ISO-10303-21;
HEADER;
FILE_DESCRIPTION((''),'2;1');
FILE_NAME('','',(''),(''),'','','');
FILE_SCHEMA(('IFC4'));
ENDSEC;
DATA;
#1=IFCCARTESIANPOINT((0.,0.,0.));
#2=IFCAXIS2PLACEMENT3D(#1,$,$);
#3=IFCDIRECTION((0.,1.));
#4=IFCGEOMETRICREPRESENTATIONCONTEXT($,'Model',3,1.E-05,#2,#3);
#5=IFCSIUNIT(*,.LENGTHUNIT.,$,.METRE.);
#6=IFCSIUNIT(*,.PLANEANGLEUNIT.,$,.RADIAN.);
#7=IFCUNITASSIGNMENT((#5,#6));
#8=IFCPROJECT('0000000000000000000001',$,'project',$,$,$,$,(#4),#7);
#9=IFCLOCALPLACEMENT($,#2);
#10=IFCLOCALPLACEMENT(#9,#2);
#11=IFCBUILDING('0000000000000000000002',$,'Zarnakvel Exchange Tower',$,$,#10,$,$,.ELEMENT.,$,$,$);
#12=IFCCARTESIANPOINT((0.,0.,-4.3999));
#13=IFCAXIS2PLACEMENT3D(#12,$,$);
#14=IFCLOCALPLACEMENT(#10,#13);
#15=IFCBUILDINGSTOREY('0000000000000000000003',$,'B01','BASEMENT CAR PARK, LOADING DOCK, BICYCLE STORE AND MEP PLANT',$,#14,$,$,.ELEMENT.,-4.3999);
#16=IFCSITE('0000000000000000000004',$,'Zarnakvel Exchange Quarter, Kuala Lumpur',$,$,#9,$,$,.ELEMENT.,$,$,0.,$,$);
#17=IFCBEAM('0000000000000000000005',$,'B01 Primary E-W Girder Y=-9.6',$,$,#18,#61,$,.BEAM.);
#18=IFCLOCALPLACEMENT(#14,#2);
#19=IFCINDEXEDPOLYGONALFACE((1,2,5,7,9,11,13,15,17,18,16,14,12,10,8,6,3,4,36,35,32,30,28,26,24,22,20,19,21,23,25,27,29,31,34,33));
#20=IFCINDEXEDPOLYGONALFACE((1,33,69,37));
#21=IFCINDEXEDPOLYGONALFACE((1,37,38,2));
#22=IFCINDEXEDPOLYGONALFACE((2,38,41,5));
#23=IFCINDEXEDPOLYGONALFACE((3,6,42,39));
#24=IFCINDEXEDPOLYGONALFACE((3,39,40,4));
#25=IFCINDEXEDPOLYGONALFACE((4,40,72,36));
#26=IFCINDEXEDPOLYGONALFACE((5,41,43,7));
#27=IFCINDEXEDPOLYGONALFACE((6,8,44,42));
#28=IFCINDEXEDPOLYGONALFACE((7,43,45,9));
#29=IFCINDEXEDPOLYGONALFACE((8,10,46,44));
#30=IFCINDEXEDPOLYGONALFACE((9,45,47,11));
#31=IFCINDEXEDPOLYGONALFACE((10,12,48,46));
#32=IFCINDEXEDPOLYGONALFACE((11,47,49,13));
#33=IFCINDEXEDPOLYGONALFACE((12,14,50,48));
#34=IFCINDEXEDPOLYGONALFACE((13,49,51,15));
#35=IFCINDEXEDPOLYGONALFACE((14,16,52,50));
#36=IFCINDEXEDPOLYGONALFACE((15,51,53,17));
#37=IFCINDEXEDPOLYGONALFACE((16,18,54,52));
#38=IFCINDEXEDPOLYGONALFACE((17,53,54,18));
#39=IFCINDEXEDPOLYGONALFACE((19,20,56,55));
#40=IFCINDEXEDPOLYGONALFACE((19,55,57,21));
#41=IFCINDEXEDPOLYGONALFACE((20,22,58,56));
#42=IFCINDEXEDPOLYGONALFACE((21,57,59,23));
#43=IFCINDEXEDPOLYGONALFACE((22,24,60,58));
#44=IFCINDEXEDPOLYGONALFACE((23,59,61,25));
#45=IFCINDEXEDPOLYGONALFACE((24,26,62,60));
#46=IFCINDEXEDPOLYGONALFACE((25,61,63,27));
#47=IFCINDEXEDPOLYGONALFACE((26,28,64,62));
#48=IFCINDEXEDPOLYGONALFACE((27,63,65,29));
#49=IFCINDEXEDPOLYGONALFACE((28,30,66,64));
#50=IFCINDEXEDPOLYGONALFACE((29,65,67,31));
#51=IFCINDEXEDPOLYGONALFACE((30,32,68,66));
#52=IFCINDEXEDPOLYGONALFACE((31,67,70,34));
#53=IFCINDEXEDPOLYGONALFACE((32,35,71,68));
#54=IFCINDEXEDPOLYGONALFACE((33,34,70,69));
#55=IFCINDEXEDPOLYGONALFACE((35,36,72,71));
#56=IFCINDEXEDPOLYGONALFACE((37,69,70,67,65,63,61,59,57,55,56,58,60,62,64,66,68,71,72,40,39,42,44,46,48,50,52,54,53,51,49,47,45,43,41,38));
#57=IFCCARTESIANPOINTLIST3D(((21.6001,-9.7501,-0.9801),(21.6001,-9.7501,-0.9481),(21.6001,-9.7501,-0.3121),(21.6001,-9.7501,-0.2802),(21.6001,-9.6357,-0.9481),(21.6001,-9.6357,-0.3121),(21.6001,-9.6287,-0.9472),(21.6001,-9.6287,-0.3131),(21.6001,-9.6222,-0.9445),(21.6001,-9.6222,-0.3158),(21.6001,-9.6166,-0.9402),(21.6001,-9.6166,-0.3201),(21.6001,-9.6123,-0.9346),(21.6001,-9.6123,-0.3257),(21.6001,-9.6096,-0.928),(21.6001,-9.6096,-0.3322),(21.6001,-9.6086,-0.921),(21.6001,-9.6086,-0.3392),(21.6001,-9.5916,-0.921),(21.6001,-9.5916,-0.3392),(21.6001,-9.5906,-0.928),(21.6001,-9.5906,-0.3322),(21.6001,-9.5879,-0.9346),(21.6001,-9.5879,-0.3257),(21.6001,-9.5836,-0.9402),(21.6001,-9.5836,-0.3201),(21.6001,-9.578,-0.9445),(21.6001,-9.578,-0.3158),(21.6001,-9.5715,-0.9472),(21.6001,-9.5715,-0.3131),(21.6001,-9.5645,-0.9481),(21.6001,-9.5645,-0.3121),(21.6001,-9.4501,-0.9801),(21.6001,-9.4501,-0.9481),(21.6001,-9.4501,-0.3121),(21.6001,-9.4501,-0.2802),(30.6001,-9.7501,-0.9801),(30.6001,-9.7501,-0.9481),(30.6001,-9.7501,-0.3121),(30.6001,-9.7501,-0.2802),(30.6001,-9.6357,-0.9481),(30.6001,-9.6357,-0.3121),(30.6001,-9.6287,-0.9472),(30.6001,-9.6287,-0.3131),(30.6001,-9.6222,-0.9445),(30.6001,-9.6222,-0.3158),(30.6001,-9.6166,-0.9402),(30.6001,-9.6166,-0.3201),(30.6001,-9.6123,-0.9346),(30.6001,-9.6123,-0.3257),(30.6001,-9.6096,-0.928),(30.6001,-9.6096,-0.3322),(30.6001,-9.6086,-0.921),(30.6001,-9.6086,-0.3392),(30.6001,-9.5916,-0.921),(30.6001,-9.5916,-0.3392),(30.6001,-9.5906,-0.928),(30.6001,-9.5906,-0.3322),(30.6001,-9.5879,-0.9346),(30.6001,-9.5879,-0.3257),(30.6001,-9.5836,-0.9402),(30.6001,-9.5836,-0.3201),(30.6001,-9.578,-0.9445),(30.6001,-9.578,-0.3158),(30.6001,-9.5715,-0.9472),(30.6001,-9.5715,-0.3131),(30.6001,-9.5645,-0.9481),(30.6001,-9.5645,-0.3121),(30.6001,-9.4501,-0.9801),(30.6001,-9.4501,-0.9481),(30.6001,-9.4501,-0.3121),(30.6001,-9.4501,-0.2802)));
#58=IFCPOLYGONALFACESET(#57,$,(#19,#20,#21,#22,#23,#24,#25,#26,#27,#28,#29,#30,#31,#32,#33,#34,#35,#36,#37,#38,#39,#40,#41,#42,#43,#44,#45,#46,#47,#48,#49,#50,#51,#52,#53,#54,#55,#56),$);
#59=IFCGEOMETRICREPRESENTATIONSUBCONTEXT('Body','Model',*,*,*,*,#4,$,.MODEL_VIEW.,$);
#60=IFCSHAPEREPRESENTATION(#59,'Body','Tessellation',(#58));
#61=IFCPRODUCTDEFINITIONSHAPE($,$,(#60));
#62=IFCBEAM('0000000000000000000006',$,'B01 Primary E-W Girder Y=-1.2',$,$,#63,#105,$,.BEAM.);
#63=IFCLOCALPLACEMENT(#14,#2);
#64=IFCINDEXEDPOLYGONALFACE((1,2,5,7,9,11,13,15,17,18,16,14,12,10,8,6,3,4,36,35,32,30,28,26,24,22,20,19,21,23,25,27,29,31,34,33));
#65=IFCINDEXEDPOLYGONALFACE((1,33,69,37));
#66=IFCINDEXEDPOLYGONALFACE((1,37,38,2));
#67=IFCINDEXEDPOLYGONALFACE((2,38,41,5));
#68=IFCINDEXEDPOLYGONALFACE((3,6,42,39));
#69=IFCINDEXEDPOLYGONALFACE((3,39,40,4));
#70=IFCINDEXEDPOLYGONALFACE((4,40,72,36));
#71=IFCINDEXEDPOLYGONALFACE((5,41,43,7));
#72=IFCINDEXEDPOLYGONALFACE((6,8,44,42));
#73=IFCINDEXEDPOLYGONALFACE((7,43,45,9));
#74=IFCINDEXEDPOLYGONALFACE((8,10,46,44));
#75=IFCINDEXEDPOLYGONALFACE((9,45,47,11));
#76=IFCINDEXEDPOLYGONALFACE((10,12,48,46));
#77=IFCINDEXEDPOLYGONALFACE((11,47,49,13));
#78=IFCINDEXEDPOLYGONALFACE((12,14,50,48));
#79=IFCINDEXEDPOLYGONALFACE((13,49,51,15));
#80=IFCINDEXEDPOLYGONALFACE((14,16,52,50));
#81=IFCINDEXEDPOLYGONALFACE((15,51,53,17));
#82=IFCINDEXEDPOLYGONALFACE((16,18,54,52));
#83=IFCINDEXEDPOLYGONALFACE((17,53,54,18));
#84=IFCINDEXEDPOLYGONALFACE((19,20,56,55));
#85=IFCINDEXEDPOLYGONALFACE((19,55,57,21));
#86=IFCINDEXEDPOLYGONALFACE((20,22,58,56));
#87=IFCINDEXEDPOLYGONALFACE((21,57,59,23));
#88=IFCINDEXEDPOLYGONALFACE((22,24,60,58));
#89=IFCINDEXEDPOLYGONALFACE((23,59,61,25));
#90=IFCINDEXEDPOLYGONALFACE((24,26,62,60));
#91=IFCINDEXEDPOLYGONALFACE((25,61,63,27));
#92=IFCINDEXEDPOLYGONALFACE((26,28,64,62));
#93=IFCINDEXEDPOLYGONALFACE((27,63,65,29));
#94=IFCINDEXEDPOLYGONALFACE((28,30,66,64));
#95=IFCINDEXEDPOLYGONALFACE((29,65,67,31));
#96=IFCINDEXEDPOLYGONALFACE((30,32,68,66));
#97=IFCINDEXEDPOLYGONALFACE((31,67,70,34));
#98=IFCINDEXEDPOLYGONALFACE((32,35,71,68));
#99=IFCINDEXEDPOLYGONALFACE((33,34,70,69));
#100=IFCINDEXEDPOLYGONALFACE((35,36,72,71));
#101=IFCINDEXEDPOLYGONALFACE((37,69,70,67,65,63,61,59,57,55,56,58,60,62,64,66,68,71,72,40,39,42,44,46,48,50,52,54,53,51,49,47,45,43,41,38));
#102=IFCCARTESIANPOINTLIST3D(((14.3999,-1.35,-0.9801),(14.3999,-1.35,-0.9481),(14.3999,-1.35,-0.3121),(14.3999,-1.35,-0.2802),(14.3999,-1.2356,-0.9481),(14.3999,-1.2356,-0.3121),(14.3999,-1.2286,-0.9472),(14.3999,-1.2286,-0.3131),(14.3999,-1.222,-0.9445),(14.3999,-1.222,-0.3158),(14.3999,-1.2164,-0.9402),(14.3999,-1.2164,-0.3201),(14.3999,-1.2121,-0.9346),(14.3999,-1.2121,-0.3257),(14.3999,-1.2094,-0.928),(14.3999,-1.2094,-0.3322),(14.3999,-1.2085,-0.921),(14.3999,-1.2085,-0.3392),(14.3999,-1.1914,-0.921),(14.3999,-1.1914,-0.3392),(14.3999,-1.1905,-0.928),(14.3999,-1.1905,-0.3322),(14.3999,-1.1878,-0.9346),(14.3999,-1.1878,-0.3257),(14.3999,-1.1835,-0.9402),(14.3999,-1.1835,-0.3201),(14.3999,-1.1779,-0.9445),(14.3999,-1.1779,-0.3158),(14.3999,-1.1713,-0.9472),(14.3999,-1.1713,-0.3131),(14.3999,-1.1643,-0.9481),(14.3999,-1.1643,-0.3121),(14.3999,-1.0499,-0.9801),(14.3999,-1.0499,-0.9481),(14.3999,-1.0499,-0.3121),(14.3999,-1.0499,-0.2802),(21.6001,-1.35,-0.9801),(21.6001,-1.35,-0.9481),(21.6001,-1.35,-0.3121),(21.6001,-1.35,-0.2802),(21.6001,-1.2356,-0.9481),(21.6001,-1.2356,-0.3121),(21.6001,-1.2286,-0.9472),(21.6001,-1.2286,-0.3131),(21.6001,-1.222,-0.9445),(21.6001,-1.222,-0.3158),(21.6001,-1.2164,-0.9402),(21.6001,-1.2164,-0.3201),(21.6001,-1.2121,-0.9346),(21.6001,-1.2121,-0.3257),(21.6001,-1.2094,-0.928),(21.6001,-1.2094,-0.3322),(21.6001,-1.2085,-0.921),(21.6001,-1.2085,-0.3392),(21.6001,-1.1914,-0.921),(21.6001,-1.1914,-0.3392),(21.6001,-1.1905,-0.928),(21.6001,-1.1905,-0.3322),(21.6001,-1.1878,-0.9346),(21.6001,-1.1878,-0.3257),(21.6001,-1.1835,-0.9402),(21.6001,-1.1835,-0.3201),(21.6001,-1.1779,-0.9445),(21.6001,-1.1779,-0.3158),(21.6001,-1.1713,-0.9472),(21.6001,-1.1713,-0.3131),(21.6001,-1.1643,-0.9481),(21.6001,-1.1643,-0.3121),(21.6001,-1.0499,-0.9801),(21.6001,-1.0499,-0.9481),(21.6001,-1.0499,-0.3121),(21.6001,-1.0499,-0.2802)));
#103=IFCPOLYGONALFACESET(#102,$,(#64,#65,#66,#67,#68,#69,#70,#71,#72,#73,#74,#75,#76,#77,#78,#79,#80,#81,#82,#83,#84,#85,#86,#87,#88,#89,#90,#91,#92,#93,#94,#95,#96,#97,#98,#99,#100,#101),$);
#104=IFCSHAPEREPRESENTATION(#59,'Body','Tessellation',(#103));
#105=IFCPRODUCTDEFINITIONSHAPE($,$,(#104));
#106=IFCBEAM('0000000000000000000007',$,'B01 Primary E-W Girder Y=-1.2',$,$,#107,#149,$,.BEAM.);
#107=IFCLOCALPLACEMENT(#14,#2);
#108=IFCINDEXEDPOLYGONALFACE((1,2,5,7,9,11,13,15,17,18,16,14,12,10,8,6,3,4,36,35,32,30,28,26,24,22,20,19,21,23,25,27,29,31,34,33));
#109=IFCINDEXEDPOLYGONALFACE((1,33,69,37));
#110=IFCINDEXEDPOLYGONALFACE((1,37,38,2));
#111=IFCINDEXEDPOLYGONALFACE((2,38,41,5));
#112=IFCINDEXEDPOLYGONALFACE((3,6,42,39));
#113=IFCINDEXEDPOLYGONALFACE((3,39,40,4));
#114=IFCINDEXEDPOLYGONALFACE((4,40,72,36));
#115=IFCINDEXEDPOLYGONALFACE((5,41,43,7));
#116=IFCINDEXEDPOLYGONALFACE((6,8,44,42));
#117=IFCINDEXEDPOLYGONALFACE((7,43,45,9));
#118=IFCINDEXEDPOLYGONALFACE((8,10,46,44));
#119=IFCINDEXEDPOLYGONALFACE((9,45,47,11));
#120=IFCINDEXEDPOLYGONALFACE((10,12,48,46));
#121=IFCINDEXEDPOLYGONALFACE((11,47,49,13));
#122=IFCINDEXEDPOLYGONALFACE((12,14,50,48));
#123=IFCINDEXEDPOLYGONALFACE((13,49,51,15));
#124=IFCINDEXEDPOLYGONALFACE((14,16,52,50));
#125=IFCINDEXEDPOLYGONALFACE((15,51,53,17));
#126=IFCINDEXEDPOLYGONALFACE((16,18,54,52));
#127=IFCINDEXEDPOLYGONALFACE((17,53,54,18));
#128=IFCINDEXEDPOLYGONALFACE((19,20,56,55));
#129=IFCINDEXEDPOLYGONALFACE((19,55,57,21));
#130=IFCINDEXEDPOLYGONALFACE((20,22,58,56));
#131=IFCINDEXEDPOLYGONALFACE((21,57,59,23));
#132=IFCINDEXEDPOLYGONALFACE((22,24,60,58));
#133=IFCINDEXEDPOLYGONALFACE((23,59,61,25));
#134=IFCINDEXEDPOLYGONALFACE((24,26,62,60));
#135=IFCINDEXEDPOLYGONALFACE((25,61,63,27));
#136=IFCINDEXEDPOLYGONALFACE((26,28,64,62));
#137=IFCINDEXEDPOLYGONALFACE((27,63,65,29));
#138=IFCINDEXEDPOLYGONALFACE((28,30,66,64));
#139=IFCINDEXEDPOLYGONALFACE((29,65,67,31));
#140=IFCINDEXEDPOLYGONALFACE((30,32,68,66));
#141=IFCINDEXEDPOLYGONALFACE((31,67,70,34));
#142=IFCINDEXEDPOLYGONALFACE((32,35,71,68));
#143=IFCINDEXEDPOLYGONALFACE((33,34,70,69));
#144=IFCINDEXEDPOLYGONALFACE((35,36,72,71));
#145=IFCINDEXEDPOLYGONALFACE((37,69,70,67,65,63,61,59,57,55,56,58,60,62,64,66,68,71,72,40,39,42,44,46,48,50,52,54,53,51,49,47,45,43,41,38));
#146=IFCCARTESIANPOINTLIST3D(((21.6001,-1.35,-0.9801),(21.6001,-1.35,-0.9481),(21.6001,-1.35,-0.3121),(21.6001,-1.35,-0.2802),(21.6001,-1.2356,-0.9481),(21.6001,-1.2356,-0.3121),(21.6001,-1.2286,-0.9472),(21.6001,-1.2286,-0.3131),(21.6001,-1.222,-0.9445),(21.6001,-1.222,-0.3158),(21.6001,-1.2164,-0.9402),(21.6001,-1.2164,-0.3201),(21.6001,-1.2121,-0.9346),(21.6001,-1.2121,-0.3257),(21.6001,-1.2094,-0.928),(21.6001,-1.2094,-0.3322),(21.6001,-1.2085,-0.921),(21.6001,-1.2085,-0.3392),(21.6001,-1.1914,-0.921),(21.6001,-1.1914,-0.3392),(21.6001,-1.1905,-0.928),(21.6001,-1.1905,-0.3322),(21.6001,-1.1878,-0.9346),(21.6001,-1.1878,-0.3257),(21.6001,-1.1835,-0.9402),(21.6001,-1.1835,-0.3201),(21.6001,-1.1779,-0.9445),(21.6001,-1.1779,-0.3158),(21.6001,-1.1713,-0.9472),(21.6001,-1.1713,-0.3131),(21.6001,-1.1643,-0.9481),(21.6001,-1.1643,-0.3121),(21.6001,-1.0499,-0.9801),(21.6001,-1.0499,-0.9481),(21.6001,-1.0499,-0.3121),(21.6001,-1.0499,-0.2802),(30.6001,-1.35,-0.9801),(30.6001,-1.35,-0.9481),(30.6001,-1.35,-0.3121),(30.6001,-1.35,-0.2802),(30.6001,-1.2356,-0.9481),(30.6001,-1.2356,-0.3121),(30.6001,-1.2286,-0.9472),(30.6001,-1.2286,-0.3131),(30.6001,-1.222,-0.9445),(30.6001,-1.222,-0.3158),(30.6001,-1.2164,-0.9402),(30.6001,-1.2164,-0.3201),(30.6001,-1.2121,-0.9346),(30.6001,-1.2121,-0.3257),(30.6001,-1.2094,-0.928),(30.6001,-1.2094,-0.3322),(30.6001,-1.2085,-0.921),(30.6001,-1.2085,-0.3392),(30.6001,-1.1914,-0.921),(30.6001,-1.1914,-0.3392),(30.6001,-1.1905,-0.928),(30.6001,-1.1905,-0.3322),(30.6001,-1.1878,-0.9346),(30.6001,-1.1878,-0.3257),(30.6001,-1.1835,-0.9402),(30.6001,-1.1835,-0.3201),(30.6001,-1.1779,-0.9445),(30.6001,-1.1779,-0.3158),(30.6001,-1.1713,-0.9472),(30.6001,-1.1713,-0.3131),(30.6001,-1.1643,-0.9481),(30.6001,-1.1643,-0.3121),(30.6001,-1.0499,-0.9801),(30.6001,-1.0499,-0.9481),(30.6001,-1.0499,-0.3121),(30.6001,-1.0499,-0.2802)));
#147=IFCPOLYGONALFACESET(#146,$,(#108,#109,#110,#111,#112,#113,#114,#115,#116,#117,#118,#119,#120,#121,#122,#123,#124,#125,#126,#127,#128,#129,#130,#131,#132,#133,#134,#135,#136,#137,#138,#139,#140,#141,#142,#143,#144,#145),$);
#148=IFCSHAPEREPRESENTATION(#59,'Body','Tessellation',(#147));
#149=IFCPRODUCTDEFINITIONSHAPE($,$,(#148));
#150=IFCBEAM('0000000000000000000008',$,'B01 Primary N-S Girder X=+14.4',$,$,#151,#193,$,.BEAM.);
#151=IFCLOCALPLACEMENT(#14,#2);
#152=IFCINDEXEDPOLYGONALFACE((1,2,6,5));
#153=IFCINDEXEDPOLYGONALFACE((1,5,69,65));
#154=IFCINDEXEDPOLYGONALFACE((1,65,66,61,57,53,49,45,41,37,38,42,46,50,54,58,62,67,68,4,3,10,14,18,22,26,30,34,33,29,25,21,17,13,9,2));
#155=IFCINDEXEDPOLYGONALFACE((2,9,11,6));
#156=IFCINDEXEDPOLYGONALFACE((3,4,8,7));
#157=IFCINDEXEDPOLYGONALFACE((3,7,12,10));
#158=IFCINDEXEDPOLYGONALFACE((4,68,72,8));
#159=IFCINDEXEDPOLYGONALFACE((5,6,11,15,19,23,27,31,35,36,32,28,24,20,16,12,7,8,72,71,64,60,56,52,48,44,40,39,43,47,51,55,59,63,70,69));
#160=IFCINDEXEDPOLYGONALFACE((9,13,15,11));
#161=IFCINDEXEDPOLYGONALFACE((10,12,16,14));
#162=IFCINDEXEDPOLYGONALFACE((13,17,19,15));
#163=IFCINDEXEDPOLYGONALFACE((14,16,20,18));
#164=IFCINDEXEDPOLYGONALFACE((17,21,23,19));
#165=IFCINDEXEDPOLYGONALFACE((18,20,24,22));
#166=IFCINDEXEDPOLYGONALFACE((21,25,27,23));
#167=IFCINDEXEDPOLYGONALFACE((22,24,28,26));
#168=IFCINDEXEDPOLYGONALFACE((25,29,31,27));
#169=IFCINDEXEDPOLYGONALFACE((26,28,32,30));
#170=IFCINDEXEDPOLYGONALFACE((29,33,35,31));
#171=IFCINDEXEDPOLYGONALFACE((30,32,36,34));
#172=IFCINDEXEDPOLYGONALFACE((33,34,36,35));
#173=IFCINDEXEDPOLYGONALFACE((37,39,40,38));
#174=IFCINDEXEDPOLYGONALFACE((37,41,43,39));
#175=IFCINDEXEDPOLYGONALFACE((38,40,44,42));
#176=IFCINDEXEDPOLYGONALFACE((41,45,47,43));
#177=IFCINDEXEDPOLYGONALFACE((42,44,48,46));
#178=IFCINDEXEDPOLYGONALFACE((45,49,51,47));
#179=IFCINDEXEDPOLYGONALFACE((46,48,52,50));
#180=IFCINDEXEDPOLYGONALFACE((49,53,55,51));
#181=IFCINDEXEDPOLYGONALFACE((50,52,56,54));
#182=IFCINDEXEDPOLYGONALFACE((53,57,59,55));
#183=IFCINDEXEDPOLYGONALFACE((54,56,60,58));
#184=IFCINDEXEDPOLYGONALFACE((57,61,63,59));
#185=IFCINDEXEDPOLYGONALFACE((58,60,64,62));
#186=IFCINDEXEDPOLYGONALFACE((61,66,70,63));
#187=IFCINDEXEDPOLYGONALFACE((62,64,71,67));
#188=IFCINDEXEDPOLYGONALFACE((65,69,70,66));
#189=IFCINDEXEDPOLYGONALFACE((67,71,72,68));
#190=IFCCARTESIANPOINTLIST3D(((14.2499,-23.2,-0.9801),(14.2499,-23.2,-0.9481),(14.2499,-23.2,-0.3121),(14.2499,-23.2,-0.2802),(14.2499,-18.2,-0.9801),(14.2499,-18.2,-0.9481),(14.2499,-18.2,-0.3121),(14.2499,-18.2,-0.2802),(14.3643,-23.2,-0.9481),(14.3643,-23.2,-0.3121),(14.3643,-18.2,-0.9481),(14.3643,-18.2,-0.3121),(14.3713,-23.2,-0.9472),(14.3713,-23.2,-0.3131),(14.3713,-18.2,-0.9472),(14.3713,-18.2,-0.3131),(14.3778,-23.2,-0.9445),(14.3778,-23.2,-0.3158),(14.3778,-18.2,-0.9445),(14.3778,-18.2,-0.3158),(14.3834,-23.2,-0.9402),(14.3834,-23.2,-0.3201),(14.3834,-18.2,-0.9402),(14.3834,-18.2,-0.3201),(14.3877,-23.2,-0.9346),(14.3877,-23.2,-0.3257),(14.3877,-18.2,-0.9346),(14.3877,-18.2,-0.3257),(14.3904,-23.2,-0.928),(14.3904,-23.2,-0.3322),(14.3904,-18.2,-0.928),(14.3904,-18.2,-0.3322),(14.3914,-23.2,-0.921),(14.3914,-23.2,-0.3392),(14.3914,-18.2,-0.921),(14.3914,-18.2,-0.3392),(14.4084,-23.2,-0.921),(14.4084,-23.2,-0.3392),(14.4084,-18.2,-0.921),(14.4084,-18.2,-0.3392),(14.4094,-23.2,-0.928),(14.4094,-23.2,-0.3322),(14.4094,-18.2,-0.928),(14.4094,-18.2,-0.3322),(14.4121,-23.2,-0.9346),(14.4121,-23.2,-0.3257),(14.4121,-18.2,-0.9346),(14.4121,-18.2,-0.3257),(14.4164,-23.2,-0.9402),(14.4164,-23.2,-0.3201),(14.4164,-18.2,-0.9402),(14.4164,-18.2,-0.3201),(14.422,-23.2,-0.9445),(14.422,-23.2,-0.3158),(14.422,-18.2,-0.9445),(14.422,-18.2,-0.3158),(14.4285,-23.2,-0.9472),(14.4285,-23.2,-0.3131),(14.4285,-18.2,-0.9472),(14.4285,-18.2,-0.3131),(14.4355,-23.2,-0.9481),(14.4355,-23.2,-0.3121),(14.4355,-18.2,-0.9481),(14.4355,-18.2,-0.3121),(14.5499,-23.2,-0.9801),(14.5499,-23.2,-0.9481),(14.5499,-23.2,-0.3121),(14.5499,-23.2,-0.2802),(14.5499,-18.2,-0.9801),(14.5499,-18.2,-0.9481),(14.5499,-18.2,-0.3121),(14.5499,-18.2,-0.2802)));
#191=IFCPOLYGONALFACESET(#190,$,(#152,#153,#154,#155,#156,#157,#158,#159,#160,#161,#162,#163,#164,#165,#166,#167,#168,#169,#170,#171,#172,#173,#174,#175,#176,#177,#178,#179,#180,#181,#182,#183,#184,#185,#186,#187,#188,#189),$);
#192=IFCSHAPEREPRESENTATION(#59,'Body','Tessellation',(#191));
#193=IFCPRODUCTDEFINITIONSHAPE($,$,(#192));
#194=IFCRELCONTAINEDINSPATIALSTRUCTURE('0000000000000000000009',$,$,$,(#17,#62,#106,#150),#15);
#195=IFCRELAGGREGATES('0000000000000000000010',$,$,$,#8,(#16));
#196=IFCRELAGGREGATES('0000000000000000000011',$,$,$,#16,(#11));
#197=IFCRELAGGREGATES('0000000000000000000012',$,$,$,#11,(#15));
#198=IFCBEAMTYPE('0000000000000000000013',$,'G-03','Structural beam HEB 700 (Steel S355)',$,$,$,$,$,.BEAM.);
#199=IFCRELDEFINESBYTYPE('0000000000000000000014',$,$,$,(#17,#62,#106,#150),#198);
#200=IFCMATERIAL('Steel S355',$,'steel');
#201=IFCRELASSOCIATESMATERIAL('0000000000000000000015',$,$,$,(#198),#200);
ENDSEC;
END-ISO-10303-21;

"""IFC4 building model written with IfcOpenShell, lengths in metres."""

from ifc_helpers import new_model, si_unit, direction, frame, origin, origin_2d, place, context, subcontext, project, spatial, i_section, extrude, material, material_profile, profile_set, type_object, element, save


model = new_model("IFC4")

# Units and contexts
model_context = context("Model", 3, precision=1e-05, world=origin(), true_north=direction((0.0, 1.0)))
body_context = subcontext(model_context, "Body", "Model", "MODEL_VIEW")
ifc_project = project(units=[si_unit("LENGTHUNIT", "METRE"), si_unit("PLANEANGLEUNIT", "RADIAN")], contexts=[model_context])

# Site, building, storey
site_placement = place(None, origin())
site = spatial("IfcSite", under=ifc_project, at=site_placement, Name="Zarnakvel Exchange Quarter, Kuala Lumpur", CompositionType="ELEMENT", RefElevation=0.0)
building_placement = place(site_placement, origin())
building = spatial("IfcBuilding", under=site, at=building_placement, Name="Zarnakvel Exchange Tower", CompositionType="ELEMENT")
storey_placement = place(building_placement, frame((0.0, 0.0, -4.3999)))
storey = spatial("IfcBuildingStorey", under=building, at=storey_placement, Name="B01", Description="BASEMENT CAR PARK, LOADING DOCK, BICYCLE STORE AND MEP PLANT", CompositionType="ELEMENT", Elevation=-4.3999)

# Beams
ifc_material_1 = material(Name="Steel S355", Category="steel")
ifc_material_profile_1 = material_profile(ifc_material_1, i_section(OverallWidth=0.3, OverallDepth=0.7, WebThickness=0.0171, FlangeThickness=0.032, FilletRadius=0.0271, at=origin_2d()))
ifc_profile_set_1 = profile_set([ifc_material_profile_1], Name="Steel S355")
beam_type = type_object("IfcBeamType", Name="G-03", Description="Structural beam HEB 700 (Steel S355)", PredefinedType="BEAM", material=ifc_profile_set_1)
for number, where, z_axis, x_axis, name in (
    (1, (21.6001, -9.6001, -0.6301), (1.0, 0.0, 0.0), (0.0, 1.0, 0.0), "B01 Primary E-W Girder Y=-9.6"),
):
    element("IfcBeam", number, at=place(storey_placement, frame(where, z_axis=z_axis, x_axis=x_axis)), inside=storey, type_object=beam_type, Name=name, PredefinedType="BEAM", context=body_context, shape_type="SweptSolid", body=[
        extrude(i_section(OverallWidth=0.3, OverallDepth=0.7, WebThickness=0.0171, FlangeThickness=0.032, FilletRadius=0.0271, at=origin_2d()), origin(), (0.0, 0.0, 1.0), 9.0),
    ])
beam_1_placement = place(storey_placement, frame((14.3999, -1.2, -0.6301), z_axis=(1.0, 0.0, 0.0), x_axis=(0.0, 1.0, 0.0)))
element("IfcBeam", 2, at=beam_1_placement, inside=storey, type_object=beam_type, Name="B01 Primary E-W Girder Y=-1.2", PredefinedType="BEAM", context=body_context, shape_type="SweptSolid", body=[
    extrude(i_section(OverallWidth=0.3, OverallDepth=0.7, WebThickness=0.0171, FlangeThickness=0.032, FilletRadius=0.0271, at=origin_2d()), origin(), (0.0, 0.0, 1.0), 7.2002),
])
beam_2_placement = place(storey_placement, frame((21.6001, -1.2, -0.6301), z_axis=(1.0, 0.0, 0.0), x_axis=(0.0, 1.0, 0.0)))
element("IfcBeam", 3, at=beam_2_placement, inside=storey, type_object=beam_type, Name="B01 Primary E-W Girder Y=-1.2", PredefinedType="BEAM", context=body_context, shape_type="SweptSolid", body=[
    extrude(i_section(OverallWidth=0.3, OverallDepth=0.7, WebThickness=0.0171, FlangeThickness=0.032, FilletRadius=0.0271, at=origin_2d()), origin(), (0.0, 0.0, 1.0), 9.0),
])
beam_3_placement = place(storey_placement, frame((14.3999, -23.2, -0.6301), z_axis=(0.0, 1.0, 0.0), x_axis=(-1.0, 0.0, 0.0)))
element("IfcBeam", 4, at=beam_3_placement, inside=storey, type_object=beam_type, Name="B01 Primary N-S Girder X=+14.4", PredefinedType="BEAM", context=body_context, shape_type="SweptSolid", body=[
    extrude(i_section(OverallWidth=0.3, OverallDepth=0.7, WebThickness=0.0171, FlangeThickness=0.032, FilletRadius=0.0271, at=origin_2d()), origin(), (0.0, 0.0, 1.0), 5.0),
])

save(model, "model.ifc")
